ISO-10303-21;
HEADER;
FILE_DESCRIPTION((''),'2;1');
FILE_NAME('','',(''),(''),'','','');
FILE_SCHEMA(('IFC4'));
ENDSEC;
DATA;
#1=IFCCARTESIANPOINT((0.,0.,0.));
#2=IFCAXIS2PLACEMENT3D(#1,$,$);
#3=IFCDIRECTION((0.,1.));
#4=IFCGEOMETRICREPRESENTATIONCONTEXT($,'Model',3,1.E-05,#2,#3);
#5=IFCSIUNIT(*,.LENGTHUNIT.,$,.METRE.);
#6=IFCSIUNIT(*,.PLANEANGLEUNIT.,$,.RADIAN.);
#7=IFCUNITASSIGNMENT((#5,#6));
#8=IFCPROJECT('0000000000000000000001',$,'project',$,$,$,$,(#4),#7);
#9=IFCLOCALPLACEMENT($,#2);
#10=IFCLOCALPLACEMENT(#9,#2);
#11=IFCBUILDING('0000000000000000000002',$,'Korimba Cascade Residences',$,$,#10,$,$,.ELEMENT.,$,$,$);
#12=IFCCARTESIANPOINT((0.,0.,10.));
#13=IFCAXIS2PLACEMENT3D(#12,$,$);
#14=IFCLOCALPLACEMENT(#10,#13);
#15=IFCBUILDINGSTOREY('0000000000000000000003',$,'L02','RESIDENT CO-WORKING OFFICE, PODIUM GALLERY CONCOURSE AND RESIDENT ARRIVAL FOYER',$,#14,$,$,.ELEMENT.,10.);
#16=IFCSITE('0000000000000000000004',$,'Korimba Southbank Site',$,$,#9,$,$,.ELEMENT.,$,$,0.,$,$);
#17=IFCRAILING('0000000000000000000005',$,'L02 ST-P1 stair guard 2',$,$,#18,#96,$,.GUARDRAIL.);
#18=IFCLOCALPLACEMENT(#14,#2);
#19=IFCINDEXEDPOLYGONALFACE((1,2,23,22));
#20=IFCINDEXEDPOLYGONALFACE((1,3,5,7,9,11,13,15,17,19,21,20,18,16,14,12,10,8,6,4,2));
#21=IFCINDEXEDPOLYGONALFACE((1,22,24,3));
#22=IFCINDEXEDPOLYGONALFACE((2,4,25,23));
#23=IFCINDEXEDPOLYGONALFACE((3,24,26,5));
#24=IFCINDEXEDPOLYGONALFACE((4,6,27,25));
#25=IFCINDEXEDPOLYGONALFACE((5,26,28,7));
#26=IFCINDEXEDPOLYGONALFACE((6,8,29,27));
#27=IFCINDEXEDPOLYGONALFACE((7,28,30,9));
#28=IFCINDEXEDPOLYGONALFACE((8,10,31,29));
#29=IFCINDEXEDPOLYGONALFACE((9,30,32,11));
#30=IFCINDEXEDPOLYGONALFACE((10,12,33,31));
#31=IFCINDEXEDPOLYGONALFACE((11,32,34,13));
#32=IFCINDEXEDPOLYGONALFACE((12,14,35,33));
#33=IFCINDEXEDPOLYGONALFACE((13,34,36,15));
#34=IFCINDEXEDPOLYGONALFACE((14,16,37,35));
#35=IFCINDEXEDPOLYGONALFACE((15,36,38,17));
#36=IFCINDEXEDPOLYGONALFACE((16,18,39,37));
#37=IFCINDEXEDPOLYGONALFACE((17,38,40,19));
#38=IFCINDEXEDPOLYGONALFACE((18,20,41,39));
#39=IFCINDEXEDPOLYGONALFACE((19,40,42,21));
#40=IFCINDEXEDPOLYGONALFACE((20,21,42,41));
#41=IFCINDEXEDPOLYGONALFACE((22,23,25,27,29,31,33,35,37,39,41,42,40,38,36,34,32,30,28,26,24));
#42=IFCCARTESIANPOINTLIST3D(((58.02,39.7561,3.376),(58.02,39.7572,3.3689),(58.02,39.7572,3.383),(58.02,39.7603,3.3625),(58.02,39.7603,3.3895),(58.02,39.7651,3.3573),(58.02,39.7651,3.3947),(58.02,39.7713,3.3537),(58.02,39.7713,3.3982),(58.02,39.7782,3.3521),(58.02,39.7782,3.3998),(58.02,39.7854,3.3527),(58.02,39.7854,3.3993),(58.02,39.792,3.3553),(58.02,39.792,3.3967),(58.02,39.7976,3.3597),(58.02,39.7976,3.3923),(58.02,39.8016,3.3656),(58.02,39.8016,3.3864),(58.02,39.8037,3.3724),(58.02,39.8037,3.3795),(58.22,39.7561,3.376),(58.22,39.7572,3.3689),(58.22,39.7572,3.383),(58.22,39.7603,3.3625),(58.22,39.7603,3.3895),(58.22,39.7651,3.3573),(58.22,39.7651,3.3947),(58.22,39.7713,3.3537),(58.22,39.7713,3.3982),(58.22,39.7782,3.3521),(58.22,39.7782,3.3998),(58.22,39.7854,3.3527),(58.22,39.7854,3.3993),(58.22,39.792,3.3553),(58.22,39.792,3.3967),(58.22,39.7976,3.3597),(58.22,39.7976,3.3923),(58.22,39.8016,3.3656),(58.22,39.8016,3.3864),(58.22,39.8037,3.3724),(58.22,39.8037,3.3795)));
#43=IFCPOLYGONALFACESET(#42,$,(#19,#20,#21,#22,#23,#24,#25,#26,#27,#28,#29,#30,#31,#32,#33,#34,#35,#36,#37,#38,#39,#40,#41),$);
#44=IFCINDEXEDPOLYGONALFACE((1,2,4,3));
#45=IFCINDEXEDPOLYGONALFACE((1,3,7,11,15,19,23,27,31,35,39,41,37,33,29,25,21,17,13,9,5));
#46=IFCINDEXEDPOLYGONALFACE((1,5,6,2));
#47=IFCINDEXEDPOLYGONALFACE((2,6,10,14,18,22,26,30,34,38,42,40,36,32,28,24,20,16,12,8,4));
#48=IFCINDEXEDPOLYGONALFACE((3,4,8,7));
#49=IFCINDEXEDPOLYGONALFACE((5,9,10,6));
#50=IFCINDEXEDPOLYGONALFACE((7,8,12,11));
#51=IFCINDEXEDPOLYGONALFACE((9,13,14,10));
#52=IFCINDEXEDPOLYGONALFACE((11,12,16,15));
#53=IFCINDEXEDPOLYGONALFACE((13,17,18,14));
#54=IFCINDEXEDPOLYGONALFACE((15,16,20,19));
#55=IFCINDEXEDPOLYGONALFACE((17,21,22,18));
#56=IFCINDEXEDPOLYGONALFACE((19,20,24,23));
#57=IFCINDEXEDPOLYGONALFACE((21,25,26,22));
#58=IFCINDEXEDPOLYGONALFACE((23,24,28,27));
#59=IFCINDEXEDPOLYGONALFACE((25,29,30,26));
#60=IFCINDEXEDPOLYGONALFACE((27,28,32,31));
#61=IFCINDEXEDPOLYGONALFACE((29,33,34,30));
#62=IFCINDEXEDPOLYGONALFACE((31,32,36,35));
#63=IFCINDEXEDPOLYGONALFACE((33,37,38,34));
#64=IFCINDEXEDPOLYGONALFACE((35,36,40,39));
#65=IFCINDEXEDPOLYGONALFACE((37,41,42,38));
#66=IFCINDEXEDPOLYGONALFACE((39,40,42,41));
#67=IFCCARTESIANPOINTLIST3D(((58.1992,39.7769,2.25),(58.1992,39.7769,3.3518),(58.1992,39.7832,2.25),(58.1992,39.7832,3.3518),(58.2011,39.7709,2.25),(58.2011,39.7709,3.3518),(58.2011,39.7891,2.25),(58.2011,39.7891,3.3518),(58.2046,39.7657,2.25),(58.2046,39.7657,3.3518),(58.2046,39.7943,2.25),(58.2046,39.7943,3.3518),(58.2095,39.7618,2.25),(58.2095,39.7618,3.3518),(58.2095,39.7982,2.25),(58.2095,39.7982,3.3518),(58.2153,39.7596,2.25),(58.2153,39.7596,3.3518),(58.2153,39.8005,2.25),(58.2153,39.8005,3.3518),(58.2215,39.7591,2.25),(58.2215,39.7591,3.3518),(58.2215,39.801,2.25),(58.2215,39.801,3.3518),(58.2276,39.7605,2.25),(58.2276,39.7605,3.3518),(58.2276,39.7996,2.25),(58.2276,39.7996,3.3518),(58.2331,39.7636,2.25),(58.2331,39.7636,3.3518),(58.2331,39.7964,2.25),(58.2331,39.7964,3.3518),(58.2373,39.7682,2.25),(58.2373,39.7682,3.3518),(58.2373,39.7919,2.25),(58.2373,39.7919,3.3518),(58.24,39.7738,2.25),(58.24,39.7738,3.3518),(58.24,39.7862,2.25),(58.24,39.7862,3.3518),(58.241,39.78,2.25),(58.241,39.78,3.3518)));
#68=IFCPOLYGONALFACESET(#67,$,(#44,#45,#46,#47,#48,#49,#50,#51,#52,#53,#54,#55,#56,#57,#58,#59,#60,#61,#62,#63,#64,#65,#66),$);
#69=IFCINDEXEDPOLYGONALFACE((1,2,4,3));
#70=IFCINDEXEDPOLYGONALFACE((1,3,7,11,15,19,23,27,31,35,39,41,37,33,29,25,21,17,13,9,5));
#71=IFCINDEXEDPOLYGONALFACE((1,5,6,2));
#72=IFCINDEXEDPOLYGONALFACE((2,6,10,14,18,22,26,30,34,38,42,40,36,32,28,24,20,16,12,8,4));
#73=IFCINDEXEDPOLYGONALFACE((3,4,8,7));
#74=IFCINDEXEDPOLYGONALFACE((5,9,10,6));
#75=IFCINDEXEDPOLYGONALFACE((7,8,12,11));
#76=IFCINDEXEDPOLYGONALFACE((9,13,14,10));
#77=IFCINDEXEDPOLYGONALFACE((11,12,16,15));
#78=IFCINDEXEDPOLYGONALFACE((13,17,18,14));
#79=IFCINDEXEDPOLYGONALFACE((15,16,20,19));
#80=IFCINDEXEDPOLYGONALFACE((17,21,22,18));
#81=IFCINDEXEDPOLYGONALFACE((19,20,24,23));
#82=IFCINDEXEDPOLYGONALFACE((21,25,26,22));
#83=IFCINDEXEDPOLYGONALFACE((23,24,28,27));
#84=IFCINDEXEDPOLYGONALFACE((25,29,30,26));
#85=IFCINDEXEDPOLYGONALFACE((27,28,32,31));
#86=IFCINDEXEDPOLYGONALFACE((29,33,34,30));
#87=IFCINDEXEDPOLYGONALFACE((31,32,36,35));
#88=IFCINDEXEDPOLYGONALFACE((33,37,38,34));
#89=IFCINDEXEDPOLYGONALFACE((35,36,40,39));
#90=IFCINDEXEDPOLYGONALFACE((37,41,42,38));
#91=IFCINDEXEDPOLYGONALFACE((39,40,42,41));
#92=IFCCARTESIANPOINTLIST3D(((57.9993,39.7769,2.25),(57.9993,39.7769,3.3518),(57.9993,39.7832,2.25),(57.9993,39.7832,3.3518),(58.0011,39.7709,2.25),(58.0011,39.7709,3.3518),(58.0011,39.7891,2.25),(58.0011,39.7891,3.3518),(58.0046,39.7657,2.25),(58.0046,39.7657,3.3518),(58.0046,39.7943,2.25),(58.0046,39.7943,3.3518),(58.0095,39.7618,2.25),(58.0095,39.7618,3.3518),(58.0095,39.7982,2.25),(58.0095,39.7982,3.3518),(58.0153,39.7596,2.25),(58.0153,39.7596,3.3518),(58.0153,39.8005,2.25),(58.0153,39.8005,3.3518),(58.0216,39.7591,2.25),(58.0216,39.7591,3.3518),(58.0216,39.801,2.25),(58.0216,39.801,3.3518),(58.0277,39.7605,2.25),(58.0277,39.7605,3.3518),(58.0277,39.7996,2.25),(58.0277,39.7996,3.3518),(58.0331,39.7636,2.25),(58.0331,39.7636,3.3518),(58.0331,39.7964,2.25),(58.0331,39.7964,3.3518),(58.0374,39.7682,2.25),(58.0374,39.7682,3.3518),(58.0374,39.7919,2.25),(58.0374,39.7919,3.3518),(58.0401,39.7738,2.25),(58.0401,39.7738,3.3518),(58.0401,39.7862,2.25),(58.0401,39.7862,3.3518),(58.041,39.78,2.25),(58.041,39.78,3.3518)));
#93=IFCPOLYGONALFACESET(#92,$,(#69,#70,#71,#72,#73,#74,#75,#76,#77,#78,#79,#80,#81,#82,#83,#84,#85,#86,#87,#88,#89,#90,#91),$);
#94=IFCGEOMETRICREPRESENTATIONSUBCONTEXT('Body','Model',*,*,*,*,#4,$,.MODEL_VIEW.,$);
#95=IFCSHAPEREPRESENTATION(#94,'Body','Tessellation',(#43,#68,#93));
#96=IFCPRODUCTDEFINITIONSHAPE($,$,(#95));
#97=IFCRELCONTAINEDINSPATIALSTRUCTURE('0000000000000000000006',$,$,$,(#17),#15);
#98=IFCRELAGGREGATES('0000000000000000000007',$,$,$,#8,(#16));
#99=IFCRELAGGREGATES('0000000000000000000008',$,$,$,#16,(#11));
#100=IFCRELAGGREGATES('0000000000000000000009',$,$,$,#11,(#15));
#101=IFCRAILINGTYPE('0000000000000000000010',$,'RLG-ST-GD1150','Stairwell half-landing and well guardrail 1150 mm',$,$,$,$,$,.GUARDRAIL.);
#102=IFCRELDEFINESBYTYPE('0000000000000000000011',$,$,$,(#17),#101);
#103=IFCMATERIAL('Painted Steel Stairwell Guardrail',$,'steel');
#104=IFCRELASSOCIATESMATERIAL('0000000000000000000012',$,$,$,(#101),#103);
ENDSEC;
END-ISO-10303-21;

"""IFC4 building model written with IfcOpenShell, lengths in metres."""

from ifc_helpers import new_model, si_unit, direction, frame, origin, origin_2d, place, context, subcontext, project, spatial, circle, extrude, material, type_object, element, save


model = new_model("IFC4")

# Units and contexts
model_context = context("Model", 3, precision=1e-05, world=origin(), true_north=direction((0.0, 1.0)))
body_context = subcontext(model_context, "Body", "Model", "MODEL_VIEW")
ifc_project = project(units=[si_unit("LENGTHUNIT", "METRE"), si_unit("PLANEANGLEUNIT", "RADIAN")], contexts=[model_context])

# Site, building, storey
site_placement = place(None, origin())
site = spatial("IfcSite", under=ifc_project, at=site_placement, Name="Korimba Southbank Site", CompositionType="ELEMENT", RefElevation=0.0)
building_placement = place(site_placement, origin())
building = spatial("IfcBuilding", under=site, at=building_placement, Name="Korimba Cascade Residences", CompositionType="ELEMENT")
storey_placement = place(building_placement, frame((0.0, 0.0, 10.0)))
storey = spatial("IfcBuildingStorey", under=building, at=storey_placement, Name="L02", Description="RESIDENT CO-WORKING OFFICE, PODIUM GALLERY CONCOURSE AND RESIDENT ARRIVAL FOYER", CompositionType="ELEMENT", Elevation=10.0)

# Railing
ifc_material_1 = material(Name="Painted Steel Stairwell Guardrail", Category="steel")
railing_type_1 = type_object("IfcRailingType", Name="RLG-ST-GD1150", Description="Stairwell half-landing and well guardrail 1150 mm", PredefinedType="GUARDRAIL", material=ifc_material_1)
railing_1_placement = place(storey_placement, frame((58.22, 39.78, 2.25)))
element("IfcRailing", 1, at=railing_1_placement, inside=storey, type_object=railing_type_1, Name="L02 ST-P1 stair guard 2", PredefinedType="GUARDRAIL", context=body_context, shape_type="SweptSolid", body=[
    extrude(circle(Radius=0.0239, at=origin_2d()), frame((0.0, 0.0, 1.126), z_axis=(-1.0, 0.0, 0.0), x_axis=(0.0, -1.0, 0.0)), (0.0, 0.0, 1.0), 0.2),
    extrude(circle(Radius=0.021, at=origin_2d()), origin(), (0.0, 0.0, 1.0), 1.1018),
    extrude(circle(Radius=0.021, at=origin_2d()), frame((-0.2, 0.0, 0.0)), (0.0, 0.0, 1.0), 1.1018),
])

save(model, "model.ifc")
